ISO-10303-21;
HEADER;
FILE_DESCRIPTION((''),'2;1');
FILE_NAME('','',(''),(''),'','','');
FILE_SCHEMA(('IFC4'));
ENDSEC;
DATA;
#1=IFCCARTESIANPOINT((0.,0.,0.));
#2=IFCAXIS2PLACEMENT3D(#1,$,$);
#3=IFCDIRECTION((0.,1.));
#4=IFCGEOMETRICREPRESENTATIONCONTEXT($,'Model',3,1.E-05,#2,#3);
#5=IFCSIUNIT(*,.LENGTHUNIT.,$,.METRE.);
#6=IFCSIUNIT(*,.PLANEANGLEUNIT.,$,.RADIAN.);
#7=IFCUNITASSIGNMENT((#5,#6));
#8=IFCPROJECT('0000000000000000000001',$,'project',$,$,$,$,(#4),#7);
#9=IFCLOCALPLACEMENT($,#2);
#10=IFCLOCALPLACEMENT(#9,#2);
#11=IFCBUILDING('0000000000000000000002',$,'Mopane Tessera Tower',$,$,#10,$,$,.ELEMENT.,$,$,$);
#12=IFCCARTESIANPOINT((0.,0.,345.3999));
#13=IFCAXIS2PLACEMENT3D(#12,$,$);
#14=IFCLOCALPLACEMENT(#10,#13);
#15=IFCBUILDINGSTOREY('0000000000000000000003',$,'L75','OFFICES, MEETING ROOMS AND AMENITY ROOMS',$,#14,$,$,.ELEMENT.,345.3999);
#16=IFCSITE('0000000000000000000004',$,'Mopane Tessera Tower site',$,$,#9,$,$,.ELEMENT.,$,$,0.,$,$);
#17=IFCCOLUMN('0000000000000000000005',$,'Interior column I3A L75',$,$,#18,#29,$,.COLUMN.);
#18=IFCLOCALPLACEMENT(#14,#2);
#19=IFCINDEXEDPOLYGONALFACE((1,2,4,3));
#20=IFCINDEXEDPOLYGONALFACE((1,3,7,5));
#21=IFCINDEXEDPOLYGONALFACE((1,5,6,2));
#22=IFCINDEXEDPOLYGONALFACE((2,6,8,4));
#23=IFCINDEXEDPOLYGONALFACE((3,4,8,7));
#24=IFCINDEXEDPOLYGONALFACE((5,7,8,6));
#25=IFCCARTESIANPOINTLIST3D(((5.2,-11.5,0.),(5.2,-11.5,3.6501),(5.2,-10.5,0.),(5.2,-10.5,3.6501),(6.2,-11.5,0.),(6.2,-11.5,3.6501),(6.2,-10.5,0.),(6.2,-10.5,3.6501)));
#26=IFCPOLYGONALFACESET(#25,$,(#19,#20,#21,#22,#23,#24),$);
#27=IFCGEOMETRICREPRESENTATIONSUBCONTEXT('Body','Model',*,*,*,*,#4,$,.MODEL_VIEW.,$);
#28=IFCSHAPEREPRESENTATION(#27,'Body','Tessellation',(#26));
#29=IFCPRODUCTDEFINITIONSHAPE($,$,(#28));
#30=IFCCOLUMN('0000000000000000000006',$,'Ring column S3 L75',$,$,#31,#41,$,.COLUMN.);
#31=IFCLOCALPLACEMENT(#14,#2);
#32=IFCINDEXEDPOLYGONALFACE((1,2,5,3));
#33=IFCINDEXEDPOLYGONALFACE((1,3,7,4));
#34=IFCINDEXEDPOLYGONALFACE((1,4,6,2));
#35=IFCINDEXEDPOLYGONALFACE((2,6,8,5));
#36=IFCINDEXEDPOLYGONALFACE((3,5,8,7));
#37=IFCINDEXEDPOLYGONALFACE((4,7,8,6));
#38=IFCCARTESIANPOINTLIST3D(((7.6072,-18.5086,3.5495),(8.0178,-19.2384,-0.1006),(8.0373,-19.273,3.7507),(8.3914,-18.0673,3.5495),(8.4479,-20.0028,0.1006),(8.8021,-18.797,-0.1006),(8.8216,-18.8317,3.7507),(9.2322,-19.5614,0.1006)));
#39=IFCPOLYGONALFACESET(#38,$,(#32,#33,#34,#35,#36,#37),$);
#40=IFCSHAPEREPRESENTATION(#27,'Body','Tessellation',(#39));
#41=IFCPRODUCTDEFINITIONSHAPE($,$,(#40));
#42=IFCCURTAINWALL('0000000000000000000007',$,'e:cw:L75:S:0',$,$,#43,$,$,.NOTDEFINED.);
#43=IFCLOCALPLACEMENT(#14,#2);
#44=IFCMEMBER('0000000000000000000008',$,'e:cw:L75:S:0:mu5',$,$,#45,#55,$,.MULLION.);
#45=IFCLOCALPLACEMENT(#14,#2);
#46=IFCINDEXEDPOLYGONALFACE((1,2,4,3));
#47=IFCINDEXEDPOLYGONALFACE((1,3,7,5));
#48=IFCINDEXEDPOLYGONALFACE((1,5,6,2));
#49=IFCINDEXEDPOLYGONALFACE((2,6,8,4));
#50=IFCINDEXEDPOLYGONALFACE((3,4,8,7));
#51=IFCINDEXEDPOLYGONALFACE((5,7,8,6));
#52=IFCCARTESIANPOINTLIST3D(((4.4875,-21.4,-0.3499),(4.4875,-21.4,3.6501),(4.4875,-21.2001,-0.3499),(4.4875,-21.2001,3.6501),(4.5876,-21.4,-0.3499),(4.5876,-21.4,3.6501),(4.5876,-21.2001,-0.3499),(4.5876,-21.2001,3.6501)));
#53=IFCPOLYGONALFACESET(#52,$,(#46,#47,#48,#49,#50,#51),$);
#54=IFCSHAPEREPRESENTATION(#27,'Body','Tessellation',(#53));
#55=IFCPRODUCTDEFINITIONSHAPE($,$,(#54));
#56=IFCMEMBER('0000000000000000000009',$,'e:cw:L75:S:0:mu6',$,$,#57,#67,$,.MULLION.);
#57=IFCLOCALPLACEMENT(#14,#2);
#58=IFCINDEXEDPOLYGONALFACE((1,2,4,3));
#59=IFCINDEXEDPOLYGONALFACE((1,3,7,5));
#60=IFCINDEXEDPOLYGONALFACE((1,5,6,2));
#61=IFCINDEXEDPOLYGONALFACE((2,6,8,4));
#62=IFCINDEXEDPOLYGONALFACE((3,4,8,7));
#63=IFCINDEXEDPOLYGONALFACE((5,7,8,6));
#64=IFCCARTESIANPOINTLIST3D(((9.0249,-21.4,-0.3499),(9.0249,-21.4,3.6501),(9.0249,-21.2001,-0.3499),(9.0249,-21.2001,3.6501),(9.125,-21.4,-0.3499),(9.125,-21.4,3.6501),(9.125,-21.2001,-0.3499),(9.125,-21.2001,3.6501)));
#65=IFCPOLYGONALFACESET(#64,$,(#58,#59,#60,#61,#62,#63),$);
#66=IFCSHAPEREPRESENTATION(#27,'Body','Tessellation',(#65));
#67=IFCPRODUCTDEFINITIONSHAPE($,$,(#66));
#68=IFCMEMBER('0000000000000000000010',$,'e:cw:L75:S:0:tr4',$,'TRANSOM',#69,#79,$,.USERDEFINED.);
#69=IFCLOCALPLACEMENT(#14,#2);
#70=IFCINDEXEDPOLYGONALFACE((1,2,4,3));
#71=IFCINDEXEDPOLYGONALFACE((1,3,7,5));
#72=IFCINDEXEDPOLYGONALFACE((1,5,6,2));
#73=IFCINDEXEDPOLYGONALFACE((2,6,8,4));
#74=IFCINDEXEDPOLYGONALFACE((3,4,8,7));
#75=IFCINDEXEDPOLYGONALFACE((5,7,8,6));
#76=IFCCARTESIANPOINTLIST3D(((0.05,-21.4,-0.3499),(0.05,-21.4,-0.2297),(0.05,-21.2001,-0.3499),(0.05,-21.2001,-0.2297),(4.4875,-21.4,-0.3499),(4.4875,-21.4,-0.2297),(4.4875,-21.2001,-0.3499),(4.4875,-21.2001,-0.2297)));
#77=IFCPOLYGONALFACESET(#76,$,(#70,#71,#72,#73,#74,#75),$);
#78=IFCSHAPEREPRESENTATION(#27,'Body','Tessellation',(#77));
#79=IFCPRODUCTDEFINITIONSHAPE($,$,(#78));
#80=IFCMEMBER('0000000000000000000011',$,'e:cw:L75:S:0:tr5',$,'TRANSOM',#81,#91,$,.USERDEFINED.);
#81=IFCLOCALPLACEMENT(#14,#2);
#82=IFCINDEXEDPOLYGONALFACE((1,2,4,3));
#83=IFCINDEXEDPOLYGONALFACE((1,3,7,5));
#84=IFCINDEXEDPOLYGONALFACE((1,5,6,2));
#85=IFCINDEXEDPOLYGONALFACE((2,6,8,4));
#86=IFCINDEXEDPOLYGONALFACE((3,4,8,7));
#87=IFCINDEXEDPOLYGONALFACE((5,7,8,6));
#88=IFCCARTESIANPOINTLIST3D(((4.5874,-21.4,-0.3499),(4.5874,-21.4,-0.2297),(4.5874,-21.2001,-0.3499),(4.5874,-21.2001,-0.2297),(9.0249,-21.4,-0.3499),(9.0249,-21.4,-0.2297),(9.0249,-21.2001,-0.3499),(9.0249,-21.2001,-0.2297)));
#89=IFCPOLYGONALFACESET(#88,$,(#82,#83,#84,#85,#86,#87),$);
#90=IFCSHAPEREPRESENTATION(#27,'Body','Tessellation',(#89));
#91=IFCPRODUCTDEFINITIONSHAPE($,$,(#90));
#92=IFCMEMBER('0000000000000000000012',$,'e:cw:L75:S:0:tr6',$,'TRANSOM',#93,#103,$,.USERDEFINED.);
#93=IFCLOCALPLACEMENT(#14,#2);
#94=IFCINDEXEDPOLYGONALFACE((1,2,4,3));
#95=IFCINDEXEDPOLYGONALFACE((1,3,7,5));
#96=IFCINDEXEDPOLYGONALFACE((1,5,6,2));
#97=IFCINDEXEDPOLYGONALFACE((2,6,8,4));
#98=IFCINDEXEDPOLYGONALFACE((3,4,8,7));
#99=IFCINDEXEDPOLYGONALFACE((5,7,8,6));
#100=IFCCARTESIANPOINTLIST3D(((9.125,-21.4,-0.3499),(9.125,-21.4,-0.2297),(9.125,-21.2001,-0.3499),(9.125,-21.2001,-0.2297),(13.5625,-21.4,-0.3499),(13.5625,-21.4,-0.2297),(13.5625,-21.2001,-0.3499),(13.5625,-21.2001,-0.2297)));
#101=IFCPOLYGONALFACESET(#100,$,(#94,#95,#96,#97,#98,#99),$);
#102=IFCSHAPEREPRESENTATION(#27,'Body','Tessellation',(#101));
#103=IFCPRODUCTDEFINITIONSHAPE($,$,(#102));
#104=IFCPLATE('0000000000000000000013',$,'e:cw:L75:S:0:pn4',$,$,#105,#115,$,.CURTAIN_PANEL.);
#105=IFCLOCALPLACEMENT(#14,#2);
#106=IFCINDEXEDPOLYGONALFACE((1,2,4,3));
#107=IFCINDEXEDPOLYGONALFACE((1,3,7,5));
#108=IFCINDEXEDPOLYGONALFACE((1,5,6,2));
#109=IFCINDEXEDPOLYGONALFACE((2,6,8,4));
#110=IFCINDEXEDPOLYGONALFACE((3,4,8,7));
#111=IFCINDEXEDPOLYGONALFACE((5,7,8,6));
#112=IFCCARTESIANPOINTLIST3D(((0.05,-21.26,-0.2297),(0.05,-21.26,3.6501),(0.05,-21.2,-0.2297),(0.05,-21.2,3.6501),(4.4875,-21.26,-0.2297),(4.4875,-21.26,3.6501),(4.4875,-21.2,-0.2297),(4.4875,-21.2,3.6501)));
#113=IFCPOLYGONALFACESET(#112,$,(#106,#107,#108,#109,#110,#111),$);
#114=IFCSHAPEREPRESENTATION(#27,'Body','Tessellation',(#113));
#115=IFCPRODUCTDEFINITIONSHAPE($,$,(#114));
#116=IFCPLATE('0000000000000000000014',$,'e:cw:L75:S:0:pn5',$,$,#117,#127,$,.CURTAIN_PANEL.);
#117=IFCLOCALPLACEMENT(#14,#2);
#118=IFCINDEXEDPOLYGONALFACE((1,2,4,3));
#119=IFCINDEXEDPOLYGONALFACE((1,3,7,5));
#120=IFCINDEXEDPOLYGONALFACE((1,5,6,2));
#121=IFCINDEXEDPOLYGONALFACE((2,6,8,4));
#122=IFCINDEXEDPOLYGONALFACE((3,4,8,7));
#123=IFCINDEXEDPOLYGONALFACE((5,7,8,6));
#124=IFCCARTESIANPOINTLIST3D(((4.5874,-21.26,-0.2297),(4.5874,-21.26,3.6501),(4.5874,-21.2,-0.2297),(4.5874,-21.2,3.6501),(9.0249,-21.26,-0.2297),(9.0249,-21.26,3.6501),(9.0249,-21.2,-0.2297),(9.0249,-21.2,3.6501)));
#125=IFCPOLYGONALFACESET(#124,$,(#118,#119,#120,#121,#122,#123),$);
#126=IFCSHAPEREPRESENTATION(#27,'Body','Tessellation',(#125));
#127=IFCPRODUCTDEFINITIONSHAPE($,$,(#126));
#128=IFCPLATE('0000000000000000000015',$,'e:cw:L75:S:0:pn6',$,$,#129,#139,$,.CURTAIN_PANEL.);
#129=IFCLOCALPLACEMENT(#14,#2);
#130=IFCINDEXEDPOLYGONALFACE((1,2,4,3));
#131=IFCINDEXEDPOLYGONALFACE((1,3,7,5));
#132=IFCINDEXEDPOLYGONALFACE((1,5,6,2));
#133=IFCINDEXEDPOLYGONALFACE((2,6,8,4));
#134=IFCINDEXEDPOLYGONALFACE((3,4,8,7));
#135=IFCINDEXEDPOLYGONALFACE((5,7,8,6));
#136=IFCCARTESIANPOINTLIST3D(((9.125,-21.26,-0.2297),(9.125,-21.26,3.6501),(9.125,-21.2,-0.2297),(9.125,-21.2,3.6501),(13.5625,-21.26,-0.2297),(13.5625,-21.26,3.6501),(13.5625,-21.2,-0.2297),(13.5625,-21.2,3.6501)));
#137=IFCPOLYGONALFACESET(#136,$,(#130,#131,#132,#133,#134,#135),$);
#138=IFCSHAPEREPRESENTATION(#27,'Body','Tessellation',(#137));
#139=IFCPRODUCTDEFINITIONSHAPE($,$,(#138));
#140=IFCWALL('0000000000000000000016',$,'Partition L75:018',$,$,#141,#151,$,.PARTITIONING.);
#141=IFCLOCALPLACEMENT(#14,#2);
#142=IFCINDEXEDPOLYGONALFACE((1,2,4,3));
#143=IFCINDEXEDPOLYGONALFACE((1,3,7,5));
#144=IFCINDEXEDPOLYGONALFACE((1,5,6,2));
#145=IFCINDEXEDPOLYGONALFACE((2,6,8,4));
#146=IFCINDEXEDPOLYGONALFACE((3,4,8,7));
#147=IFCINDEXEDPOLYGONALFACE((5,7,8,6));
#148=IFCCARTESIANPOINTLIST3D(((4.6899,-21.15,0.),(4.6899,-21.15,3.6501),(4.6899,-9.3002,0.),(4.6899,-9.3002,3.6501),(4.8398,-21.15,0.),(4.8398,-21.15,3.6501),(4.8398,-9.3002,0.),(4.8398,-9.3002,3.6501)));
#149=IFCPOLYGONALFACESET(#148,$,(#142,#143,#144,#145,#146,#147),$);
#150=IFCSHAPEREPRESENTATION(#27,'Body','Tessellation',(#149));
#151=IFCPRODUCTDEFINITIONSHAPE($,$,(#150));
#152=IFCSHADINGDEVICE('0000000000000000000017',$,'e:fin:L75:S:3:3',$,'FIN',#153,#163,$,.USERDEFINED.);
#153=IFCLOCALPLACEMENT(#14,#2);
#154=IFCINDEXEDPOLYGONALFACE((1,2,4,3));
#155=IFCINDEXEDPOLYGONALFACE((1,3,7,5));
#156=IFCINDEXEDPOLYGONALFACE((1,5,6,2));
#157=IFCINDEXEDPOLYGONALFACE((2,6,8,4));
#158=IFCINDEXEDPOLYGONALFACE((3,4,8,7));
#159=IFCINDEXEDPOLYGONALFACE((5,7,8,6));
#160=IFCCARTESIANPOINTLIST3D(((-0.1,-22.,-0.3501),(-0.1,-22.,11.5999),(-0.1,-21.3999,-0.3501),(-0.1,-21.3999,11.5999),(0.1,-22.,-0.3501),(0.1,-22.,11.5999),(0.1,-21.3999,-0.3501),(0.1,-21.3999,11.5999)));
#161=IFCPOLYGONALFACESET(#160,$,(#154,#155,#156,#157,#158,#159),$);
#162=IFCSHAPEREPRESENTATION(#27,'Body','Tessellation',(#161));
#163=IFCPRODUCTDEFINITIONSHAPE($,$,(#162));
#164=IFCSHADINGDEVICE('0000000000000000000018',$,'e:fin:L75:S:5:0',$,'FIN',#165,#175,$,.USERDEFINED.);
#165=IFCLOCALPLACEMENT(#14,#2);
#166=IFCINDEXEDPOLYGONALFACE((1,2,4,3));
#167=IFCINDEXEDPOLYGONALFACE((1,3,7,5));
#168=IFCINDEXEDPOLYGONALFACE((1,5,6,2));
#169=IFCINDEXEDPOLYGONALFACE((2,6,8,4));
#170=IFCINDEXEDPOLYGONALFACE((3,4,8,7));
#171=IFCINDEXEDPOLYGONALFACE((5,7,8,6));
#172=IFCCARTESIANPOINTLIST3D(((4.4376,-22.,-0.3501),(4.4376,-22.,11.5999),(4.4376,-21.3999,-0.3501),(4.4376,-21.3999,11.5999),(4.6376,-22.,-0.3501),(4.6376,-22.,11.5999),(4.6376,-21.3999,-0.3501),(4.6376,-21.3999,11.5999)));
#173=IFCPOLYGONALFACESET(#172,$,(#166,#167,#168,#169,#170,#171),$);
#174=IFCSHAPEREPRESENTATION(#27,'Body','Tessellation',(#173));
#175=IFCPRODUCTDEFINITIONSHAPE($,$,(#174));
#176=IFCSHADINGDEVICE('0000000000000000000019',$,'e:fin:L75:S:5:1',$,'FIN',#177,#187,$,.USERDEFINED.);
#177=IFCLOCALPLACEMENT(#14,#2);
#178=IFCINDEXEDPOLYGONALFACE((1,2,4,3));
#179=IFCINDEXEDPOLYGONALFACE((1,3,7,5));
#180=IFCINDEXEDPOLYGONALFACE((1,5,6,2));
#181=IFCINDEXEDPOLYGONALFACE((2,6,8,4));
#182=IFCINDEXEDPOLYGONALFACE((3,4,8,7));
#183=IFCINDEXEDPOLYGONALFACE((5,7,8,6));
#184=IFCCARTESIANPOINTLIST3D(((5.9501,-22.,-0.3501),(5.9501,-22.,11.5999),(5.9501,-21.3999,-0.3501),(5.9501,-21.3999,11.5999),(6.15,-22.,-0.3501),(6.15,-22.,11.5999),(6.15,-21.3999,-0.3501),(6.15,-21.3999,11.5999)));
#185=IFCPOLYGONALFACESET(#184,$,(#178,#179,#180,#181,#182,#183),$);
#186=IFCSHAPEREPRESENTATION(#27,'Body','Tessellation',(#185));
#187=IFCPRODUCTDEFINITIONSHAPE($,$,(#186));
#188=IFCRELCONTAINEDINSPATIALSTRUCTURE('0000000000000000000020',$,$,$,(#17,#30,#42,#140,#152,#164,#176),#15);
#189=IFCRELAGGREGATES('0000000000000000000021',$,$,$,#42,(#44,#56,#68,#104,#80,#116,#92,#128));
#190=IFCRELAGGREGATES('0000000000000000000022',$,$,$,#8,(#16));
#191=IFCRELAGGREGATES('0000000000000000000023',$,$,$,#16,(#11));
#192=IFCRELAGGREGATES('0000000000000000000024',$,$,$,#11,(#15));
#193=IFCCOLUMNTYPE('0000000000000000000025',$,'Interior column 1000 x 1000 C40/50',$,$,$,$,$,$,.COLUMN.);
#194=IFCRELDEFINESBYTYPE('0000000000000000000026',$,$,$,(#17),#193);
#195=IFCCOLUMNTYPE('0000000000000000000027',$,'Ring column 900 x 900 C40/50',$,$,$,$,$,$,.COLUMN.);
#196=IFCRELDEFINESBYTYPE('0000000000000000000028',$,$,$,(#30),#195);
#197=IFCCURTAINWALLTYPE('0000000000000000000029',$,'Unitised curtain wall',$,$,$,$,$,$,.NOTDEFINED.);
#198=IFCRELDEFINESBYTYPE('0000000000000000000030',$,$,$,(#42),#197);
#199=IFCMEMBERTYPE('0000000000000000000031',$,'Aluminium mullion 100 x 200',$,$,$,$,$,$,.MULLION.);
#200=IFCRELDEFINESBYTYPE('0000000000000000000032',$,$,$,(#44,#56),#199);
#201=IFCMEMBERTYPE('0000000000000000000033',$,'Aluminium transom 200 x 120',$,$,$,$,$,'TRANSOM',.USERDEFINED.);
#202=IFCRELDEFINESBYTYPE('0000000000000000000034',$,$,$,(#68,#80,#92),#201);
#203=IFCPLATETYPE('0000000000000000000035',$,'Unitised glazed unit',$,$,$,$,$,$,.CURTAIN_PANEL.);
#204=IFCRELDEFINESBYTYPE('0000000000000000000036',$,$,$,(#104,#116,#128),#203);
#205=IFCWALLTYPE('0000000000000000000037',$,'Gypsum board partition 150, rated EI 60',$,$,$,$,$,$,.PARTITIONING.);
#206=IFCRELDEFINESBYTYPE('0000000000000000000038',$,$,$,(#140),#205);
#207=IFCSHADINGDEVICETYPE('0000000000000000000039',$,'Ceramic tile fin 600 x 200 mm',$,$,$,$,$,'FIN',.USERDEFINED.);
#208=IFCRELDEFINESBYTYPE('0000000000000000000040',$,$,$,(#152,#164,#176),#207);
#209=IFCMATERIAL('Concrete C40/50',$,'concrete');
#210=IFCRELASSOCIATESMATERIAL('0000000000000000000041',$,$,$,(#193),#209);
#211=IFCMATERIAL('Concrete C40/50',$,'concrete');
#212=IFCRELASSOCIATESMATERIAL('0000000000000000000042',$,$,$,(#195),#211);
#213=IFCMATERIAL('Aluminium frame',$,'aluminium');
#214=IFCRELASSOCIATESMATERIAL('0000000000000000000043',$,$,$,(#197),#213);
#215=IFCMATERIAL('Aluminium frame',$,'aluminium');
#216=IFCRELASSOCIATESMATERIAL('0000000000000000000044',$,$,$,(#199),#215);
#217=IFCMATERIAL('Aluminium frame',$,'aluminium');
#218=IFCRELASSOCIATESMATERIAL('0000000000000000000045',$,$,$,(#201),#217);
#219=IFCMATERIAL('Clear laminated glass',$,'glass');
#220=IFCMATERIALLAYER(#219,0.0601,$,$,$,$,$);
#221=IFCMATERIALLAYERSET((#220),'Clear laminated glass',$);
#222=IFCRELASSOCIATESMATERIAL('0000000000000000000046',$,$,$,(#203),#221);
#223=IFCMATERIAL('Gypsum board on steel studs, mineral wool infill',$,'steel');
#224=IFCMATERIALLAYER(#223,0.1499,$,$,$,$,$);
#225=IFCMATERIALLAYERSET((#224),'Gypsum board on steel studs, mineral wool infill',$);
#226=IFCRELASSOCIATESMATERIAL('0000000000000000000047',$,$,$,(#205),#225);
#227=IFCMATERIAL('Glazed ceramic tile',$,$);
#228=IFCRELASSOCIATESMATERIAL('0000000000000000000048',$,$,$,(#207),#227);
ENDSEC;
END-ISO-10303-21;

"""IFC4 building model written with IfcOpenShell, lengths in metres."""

from ifc_helpers import new_model, si_unit, direction, frame, frame_2d, origin, origin_2d, place, context, subcontext, project, spatial, rectangle, extrude, material, layer, layer_set, material_profile, profile_set, type_object, element, aggregate, save


model = new_model("IFC4")

# Units and contexts
model_context = context("Model", 3, precision=1e-05, world=origin(), true_north=direction((0.0, 1.0)))
body_context = subcontext(model_context, "Body", "Model", "MODEL_VIEW")
ifc_project = project(units=[si_unit("LENGTHUNIT", "METRE"), si_unit("PLANEANGLEUNIT", "RADIAN")], contexts=[model_context])

# Site, building, storey
site_placement = place(None, origin())
site = spatial("IfcSite", under=ifc_project, at=site_placement, Name="Mopane Tessera Tower site", CompositionType="ELEMENT", RefElevation=0.0)
building_placement = place(site_placement, origin())
building = spatial("IfcBuilding", under=site, at=building_placement, Name="Mopane Tessera Tower", CompositionType="ELEMENT")
storey_placement = place(building_placement, frame((0.0, 0.0, 345.3999)))
storey = spatial("IfcBuildingStorey", under=building, at=storey_placement, Name="L75", Description="OFFICES, MEETING ROOMS AND AMENITY ROOMS", CompositionType="ELEMENT", Elevation=345.3999)

# Columns
ifc_material_1 = material(Name="Concrete C40/50", Category="concrete")
ifc_material_profile_1 = material_profile(ifc_material_1, rectangle(XDim=1.0, YDim=1.0, at=origin_2d()))
ifc_profile_set_1 = profile_set([ifc_material_profile_1], Name="Concrete C40/50")
column_type_1 = type_object("IfcColumnType", Name="Interior column 1000 x 1000 C40/50", PredefinedType="COLUMN", material=ifc_profile_set_1)
column_1_placement = place(storey_placement, frame((5.7, -11.0, 0.0), z_axis=(0.0, 0.0, 1.0), x_axis=(1.0, 0.0, 0.0)))
element("IfcColumn", 1, at=column_1_placement, inside=storey, type_object=column_type_1, Name="Interior column I3A L75", PredefinedType="COLUMN", context=body_context, shape_type="SweptSolid", body=[
    extrude(rectangle(XDim=1.0, YDim=1.0, at=origin_2d()), origin(), (0.0, 0.0, 1.0), 3.6501),
])
ifc_material_2 = material(Name="Concrete C40/50", Category="concrete")
ifc_material_profile_2 = material_profile(ifc_material_2, rectangle(XDim=0.8999, YDim=0.8999, at=origin_2d()))
ifc_profile_set_2 = profile_set([ifc_material_profile_2], Name="Concrete C40/50")
column_type_2 = type_object("IfcColumnType", Name="Ring column 900 x 900 C40/50", PredefinedType="COLUMN", material=ifc_profile_set_2)
column_2_placement = place(storey_placement, frame((8.625, -19.3999, 0.0), z_axis=(-0.109653, 0.194858, 0.974683), x_axis=(-0.87149, -0.490414, 0.0)))
element("IfcColumn", 2, at=column_2_placement, inside=storey, type_object=column_type_2, Name="Ring column S3 L75", PredefinedType="COLUMN", context=body_context, shape_type="SweptSolid", body=[
    extrude(rectangle(XDim=0.8999, YDim=0.8999, at=origin_2d()), origin(), (0.0, 0.0, 1.0), 3.7449),
])

# Curtain wall, members, plates
ifc_material_3 = material(Name="Aluminium frame", Category="aluminium")
curtain_wall_type = type_object("IfcCurtainWallType", Name="Unitised curtain wall", PredefinedType="NOTDEFINED", material=ifc_material_3)
curtain_wall_placement = place(storey_placement, origin())
curtain_wall = element("IfcCurtainWall", 3, at=curtain_wall_placement, inside=storey, type_object=curtain_wall_type, Name="e:cw:L75:S:0", PredefinedType="NOTDEFINED")
ifc_material_4 = material(Name="Aluminium frame", Category="aluminium")
ifc_material_profile_3 = material_profile(ifc_material_4, rectangle(XDim=0.1001, YDim=0.2, at=origin_2d()))
ifc_profile_set_3 = profile_set([ifc_material_profile_3], Name="Aluminium frame")
member_type_1 = type_object("IfcMemberType", Name="Aluminium mullion 100 x 200", PredefinedType="MULLION", material=ifc_profile_set_3)
member_1_placement = place(storey_placement, frame((4.5376, -21.3, -0.3499), z_axis=(0.0, 0.0, 1.0), x_axis=(1.0, 0.0, 0.0)))
member_1 = element("IfcMember", 4, at=member_1_placement, type_object=member_type_1, Name="e:cw:L75:S:0:mu5", PredefinedType="MULLION", context=body_context, shape_type="SweptSolid", body=[
    extrude(rectangle(XDim=0.1001, YDim=0.2, at=origin_2d()), origin(), (0.0, 0.0, 1.0), 4.0),
])
member_2_placement = place(storey_placement, frame((9.075, -21.3, -0.3499), z_axis=(0.0, 0.0, 1.0), x_axis=(1.0, 0.0, 0.0)))
member_2 = element("IfcMember", 5, at=member_2_placement, type_object=member_type_1, Name="e:cw:L75:S:0:mu6", PredefinedType="MULLION", context=body_context, shape_type="SweptSolid", body=[
    extrude(rectangle(XDim=0.1001, YDim=0.2, at=origin_2d()), origin(), (0.0, 0.0, 1.0), 4.0),
])
ifc_material_5 = material(Name="Aluminium frame", Category="aluminium")
ifc_material_profile_4 = material_profile(ifc_material_5, rectangle(XDim=0.2, YDim=0.1201, at=origin_2d()))
ifc_profile_set_4 = profile_set([ifc_material_profile_4], Name="Aluminium frame")
member_type_2 = type_object("IfcMemberType", Name="Aluminium transom 200 x 120", ElementType="TRANSOM", PredefinedType="USERDEFINED", material=ifc_profile_set_4)
member_3_placement = place(storey_placement, frame((0.05, -21.3, -0.2898), z_axis=(1.0, 0.0, 0.0), x_axis=(0.0, 1.0, 0.0)))
member_3 = element("IfcMember", 6, at=member_3_placement, type_object=member_type_2, Name="e:cw:L75:S:0:tr4", ObjectType="TRANSOM", PredefinedType="USERDEFINED", context=body_context, shape_type="SweptSolid", body=[
    extrude(rectangle(XDim=0.2, YDim=0.1201, at=origin_2d()), origin(), (0.0, 0.0, 1.0), 4.4375),
])
member_4_placement = place(storey_placement, frame((4.5874, -21.3, -0.2898), z_axis=(1.0, 0.0, 0.0), x_axis=(0.0, 1.0, 0.0)))
member_4 = element("IfcMember", 7, at=member_4_placement, type_object=member_type_2, Name="e:cw:L75:S:0:tr5", ObjectType="TRANSOM", PredefinedType="USERDEFINED", context=body_context, shape_type="SweptSolid", body=[
    extrude(rectangle(XDim=0.2, YDim=0.1201, at=origin_2d()), origin(), (0.0, 0.0, 1.0), 4.4375),
])
member_5_placement = place(storey_placement, frame((9.125, -21.3, -0.2898), z_axis=(1.0, 0.0, 0.0), x_axis=(0.0, 1.0, 0.0)))
member_5 = element("IfcMember", 8, at=member_5_placement, type_object=member_type_2, Name="e:cw:L75:S:0:tr6", ObjectType="TRANSOM", PredefinedType="USERDEFINED", context=body_context, shape_type="SweptSolid", body=[
    extrude(rectangle(XDim=0.2, YDim=0.1201, at=origin_2d()), origin(), (0.0, 0.0, 1.0), 4.4375),
])
ifc_material_6 = material(Name="Clear laminated glass", Category="glass")
ifc_layer_1 = layer(ifc_material_6, 0.0601)
ifc_layer_set_1 = layer_set([ifc_layer_1], Name="Clear laminated glass")
plate_type = type_object("IfcPlateType", Name="Unitised glazed unit", PredefinedType="CURTAIN_PANEL", material=ifc_layer_set_1)
plate_1_placement = place(storey_placement, frame((2.2688, -21.23, -0.2297), z_axis=(0.0, 0.0, 1.0), x_axis=(1.0, 0.0, 0.0)))
plate_1 = element("IfcPlate", 9, at=plate_1_placement, type_object=plate_type, Name="e:cw:L75:S:0:pn4", PredefinedType="CURTAIN_PANEL", context=body_context, shape_type="SweptSolid", body=[
    extrude(rectangle(XDim=4.4375, YDim=0.0601, at=origin_2d()), origin(), (0.0, 0.0, 1.0), 3.8799),
])
plate_2_placement = place(storey_placement, frame((6.8062, -21.23, -0.2297), z_axis=(0.0, 0.0, 1.0), x_axis=(1.0, 0.0, 0.0)))
plate_2 = element("IfcPlate", 10, at=plate_2_placement, type_object=plate_type, Name="e:cw:L75:S:0:pn5", PredefinedType="CURTAIN_PANEL", context=body_context, shape_type="SweptSolid", body=[
    extrude(rectangle(XDim=4.4375, YDim=0.0601, at=origin_2d()), origin(), (0.0, 0.0, 1.0), 3.8799),
])
plate_3_placement = place(storey_placement, frame((11.3438, -21.23, -0.2297), z_axis=(0.0, 0.0, 1.0), x_axis=(1.0, 0.0, 0.0)))
plate_3 = element("IfcPlate", 11, at=plate_3_placement, type_object=plate_type, Name="e:cw:L75:S:0:pn6", PredefinedType="CURTAIN_PANEL", context=body_context, shape_type="SweptSolid", body=[
    extrude(rectangle(XDim=4.4375, YDim=0.0601, at=origin_2d()), origin(), (0.0, 0.0, 1.0), 3.8799),
])
aggregate(curtain_wall, [member_1, member_2, member_3, plate_1, member_4, plate_2, member_5, plate_3])

# Wall
ifc_material_7 = material(Name="Gypsum board on steel studs, mineral wool infill", Category="steel")
ifc_layer_2 = layer(ifc_material_7, 0.1499)
ifc_layer_set_2 = layer_set([ifc_layer_2], Name="Gypsum board on steel studs, mineral wool infill")
wall_type = type_object("IfcWallType", Name="Gypsum board partition 150, rated EI 60", PredefinedType="PARTITIONING", material=ifc_layer_set_2)
wall_placement = place(storey_placement, frame((4.7649, -21.1499, 0.0), z_axis=(0.0, 0.0, 1.0), x_axis=(0.0, 1.0, 0.0)))
element("IfcWall", 12, at=wall_placement, inside=storey, type_object=wall_type, Name="Partition L75:018", PredefinedType="PARTITIONING", context=body_context, shape_type="SweptSolid", body=[
    extrude(rectangle(XDim=11.8499, YDim=0.1499, at=frame_2d((5.9248, 0.0))), origin(), (0.0, 0.0, 1.0), 3.6501),
])

# Shading devices
ifc_material_8 = material(Name="Glazed ceramic tile")
shading_device_type = type_object("IfcShadingDeviceType", Name="Ceramic tile fin 600 x 200 mm", ElementType="FIN", PredefinedType="USERDEFINED", material=ifc_material_8)
for number, where, z_axis, x_axis, name in (
    (13, (0.0, -21.7, -0.3501), (0.0, 0.0, 1.0), (1.0, 0.0, 0.0), "e:fin:L75:S:3:3"),
    (14, (4.5376, -21.7, -0.3501), (0.0, 0.0, 1.0), (1.0, 0.0, 0.0), "e:fin:L75:S:5:0"),
    (15, (6.05, -21.7, -0.3501), (0.0, 0.0, 1.0), (1.0, 0.0, 0.0), "e:fin:L75:S:5:1"),
):
    element("IfcShadingDevice", number, at=place(storey_placement, frame(where, z_axis=z_axis, x_axis=x_axis)), inside=storey, type_object=shading_device_type, Name=name, ObjectType="FIN", PredefinedType="USERDEFINED", context=body_context, shape_type="SweptSolid", body=[
        extrude(rectangle(XDim=0.2, YDim=0.6001, at=origin_2d()), origin(), (0.0, 0.0, 1.0), 11.95),
    ])

save(model, "model.ifc")
